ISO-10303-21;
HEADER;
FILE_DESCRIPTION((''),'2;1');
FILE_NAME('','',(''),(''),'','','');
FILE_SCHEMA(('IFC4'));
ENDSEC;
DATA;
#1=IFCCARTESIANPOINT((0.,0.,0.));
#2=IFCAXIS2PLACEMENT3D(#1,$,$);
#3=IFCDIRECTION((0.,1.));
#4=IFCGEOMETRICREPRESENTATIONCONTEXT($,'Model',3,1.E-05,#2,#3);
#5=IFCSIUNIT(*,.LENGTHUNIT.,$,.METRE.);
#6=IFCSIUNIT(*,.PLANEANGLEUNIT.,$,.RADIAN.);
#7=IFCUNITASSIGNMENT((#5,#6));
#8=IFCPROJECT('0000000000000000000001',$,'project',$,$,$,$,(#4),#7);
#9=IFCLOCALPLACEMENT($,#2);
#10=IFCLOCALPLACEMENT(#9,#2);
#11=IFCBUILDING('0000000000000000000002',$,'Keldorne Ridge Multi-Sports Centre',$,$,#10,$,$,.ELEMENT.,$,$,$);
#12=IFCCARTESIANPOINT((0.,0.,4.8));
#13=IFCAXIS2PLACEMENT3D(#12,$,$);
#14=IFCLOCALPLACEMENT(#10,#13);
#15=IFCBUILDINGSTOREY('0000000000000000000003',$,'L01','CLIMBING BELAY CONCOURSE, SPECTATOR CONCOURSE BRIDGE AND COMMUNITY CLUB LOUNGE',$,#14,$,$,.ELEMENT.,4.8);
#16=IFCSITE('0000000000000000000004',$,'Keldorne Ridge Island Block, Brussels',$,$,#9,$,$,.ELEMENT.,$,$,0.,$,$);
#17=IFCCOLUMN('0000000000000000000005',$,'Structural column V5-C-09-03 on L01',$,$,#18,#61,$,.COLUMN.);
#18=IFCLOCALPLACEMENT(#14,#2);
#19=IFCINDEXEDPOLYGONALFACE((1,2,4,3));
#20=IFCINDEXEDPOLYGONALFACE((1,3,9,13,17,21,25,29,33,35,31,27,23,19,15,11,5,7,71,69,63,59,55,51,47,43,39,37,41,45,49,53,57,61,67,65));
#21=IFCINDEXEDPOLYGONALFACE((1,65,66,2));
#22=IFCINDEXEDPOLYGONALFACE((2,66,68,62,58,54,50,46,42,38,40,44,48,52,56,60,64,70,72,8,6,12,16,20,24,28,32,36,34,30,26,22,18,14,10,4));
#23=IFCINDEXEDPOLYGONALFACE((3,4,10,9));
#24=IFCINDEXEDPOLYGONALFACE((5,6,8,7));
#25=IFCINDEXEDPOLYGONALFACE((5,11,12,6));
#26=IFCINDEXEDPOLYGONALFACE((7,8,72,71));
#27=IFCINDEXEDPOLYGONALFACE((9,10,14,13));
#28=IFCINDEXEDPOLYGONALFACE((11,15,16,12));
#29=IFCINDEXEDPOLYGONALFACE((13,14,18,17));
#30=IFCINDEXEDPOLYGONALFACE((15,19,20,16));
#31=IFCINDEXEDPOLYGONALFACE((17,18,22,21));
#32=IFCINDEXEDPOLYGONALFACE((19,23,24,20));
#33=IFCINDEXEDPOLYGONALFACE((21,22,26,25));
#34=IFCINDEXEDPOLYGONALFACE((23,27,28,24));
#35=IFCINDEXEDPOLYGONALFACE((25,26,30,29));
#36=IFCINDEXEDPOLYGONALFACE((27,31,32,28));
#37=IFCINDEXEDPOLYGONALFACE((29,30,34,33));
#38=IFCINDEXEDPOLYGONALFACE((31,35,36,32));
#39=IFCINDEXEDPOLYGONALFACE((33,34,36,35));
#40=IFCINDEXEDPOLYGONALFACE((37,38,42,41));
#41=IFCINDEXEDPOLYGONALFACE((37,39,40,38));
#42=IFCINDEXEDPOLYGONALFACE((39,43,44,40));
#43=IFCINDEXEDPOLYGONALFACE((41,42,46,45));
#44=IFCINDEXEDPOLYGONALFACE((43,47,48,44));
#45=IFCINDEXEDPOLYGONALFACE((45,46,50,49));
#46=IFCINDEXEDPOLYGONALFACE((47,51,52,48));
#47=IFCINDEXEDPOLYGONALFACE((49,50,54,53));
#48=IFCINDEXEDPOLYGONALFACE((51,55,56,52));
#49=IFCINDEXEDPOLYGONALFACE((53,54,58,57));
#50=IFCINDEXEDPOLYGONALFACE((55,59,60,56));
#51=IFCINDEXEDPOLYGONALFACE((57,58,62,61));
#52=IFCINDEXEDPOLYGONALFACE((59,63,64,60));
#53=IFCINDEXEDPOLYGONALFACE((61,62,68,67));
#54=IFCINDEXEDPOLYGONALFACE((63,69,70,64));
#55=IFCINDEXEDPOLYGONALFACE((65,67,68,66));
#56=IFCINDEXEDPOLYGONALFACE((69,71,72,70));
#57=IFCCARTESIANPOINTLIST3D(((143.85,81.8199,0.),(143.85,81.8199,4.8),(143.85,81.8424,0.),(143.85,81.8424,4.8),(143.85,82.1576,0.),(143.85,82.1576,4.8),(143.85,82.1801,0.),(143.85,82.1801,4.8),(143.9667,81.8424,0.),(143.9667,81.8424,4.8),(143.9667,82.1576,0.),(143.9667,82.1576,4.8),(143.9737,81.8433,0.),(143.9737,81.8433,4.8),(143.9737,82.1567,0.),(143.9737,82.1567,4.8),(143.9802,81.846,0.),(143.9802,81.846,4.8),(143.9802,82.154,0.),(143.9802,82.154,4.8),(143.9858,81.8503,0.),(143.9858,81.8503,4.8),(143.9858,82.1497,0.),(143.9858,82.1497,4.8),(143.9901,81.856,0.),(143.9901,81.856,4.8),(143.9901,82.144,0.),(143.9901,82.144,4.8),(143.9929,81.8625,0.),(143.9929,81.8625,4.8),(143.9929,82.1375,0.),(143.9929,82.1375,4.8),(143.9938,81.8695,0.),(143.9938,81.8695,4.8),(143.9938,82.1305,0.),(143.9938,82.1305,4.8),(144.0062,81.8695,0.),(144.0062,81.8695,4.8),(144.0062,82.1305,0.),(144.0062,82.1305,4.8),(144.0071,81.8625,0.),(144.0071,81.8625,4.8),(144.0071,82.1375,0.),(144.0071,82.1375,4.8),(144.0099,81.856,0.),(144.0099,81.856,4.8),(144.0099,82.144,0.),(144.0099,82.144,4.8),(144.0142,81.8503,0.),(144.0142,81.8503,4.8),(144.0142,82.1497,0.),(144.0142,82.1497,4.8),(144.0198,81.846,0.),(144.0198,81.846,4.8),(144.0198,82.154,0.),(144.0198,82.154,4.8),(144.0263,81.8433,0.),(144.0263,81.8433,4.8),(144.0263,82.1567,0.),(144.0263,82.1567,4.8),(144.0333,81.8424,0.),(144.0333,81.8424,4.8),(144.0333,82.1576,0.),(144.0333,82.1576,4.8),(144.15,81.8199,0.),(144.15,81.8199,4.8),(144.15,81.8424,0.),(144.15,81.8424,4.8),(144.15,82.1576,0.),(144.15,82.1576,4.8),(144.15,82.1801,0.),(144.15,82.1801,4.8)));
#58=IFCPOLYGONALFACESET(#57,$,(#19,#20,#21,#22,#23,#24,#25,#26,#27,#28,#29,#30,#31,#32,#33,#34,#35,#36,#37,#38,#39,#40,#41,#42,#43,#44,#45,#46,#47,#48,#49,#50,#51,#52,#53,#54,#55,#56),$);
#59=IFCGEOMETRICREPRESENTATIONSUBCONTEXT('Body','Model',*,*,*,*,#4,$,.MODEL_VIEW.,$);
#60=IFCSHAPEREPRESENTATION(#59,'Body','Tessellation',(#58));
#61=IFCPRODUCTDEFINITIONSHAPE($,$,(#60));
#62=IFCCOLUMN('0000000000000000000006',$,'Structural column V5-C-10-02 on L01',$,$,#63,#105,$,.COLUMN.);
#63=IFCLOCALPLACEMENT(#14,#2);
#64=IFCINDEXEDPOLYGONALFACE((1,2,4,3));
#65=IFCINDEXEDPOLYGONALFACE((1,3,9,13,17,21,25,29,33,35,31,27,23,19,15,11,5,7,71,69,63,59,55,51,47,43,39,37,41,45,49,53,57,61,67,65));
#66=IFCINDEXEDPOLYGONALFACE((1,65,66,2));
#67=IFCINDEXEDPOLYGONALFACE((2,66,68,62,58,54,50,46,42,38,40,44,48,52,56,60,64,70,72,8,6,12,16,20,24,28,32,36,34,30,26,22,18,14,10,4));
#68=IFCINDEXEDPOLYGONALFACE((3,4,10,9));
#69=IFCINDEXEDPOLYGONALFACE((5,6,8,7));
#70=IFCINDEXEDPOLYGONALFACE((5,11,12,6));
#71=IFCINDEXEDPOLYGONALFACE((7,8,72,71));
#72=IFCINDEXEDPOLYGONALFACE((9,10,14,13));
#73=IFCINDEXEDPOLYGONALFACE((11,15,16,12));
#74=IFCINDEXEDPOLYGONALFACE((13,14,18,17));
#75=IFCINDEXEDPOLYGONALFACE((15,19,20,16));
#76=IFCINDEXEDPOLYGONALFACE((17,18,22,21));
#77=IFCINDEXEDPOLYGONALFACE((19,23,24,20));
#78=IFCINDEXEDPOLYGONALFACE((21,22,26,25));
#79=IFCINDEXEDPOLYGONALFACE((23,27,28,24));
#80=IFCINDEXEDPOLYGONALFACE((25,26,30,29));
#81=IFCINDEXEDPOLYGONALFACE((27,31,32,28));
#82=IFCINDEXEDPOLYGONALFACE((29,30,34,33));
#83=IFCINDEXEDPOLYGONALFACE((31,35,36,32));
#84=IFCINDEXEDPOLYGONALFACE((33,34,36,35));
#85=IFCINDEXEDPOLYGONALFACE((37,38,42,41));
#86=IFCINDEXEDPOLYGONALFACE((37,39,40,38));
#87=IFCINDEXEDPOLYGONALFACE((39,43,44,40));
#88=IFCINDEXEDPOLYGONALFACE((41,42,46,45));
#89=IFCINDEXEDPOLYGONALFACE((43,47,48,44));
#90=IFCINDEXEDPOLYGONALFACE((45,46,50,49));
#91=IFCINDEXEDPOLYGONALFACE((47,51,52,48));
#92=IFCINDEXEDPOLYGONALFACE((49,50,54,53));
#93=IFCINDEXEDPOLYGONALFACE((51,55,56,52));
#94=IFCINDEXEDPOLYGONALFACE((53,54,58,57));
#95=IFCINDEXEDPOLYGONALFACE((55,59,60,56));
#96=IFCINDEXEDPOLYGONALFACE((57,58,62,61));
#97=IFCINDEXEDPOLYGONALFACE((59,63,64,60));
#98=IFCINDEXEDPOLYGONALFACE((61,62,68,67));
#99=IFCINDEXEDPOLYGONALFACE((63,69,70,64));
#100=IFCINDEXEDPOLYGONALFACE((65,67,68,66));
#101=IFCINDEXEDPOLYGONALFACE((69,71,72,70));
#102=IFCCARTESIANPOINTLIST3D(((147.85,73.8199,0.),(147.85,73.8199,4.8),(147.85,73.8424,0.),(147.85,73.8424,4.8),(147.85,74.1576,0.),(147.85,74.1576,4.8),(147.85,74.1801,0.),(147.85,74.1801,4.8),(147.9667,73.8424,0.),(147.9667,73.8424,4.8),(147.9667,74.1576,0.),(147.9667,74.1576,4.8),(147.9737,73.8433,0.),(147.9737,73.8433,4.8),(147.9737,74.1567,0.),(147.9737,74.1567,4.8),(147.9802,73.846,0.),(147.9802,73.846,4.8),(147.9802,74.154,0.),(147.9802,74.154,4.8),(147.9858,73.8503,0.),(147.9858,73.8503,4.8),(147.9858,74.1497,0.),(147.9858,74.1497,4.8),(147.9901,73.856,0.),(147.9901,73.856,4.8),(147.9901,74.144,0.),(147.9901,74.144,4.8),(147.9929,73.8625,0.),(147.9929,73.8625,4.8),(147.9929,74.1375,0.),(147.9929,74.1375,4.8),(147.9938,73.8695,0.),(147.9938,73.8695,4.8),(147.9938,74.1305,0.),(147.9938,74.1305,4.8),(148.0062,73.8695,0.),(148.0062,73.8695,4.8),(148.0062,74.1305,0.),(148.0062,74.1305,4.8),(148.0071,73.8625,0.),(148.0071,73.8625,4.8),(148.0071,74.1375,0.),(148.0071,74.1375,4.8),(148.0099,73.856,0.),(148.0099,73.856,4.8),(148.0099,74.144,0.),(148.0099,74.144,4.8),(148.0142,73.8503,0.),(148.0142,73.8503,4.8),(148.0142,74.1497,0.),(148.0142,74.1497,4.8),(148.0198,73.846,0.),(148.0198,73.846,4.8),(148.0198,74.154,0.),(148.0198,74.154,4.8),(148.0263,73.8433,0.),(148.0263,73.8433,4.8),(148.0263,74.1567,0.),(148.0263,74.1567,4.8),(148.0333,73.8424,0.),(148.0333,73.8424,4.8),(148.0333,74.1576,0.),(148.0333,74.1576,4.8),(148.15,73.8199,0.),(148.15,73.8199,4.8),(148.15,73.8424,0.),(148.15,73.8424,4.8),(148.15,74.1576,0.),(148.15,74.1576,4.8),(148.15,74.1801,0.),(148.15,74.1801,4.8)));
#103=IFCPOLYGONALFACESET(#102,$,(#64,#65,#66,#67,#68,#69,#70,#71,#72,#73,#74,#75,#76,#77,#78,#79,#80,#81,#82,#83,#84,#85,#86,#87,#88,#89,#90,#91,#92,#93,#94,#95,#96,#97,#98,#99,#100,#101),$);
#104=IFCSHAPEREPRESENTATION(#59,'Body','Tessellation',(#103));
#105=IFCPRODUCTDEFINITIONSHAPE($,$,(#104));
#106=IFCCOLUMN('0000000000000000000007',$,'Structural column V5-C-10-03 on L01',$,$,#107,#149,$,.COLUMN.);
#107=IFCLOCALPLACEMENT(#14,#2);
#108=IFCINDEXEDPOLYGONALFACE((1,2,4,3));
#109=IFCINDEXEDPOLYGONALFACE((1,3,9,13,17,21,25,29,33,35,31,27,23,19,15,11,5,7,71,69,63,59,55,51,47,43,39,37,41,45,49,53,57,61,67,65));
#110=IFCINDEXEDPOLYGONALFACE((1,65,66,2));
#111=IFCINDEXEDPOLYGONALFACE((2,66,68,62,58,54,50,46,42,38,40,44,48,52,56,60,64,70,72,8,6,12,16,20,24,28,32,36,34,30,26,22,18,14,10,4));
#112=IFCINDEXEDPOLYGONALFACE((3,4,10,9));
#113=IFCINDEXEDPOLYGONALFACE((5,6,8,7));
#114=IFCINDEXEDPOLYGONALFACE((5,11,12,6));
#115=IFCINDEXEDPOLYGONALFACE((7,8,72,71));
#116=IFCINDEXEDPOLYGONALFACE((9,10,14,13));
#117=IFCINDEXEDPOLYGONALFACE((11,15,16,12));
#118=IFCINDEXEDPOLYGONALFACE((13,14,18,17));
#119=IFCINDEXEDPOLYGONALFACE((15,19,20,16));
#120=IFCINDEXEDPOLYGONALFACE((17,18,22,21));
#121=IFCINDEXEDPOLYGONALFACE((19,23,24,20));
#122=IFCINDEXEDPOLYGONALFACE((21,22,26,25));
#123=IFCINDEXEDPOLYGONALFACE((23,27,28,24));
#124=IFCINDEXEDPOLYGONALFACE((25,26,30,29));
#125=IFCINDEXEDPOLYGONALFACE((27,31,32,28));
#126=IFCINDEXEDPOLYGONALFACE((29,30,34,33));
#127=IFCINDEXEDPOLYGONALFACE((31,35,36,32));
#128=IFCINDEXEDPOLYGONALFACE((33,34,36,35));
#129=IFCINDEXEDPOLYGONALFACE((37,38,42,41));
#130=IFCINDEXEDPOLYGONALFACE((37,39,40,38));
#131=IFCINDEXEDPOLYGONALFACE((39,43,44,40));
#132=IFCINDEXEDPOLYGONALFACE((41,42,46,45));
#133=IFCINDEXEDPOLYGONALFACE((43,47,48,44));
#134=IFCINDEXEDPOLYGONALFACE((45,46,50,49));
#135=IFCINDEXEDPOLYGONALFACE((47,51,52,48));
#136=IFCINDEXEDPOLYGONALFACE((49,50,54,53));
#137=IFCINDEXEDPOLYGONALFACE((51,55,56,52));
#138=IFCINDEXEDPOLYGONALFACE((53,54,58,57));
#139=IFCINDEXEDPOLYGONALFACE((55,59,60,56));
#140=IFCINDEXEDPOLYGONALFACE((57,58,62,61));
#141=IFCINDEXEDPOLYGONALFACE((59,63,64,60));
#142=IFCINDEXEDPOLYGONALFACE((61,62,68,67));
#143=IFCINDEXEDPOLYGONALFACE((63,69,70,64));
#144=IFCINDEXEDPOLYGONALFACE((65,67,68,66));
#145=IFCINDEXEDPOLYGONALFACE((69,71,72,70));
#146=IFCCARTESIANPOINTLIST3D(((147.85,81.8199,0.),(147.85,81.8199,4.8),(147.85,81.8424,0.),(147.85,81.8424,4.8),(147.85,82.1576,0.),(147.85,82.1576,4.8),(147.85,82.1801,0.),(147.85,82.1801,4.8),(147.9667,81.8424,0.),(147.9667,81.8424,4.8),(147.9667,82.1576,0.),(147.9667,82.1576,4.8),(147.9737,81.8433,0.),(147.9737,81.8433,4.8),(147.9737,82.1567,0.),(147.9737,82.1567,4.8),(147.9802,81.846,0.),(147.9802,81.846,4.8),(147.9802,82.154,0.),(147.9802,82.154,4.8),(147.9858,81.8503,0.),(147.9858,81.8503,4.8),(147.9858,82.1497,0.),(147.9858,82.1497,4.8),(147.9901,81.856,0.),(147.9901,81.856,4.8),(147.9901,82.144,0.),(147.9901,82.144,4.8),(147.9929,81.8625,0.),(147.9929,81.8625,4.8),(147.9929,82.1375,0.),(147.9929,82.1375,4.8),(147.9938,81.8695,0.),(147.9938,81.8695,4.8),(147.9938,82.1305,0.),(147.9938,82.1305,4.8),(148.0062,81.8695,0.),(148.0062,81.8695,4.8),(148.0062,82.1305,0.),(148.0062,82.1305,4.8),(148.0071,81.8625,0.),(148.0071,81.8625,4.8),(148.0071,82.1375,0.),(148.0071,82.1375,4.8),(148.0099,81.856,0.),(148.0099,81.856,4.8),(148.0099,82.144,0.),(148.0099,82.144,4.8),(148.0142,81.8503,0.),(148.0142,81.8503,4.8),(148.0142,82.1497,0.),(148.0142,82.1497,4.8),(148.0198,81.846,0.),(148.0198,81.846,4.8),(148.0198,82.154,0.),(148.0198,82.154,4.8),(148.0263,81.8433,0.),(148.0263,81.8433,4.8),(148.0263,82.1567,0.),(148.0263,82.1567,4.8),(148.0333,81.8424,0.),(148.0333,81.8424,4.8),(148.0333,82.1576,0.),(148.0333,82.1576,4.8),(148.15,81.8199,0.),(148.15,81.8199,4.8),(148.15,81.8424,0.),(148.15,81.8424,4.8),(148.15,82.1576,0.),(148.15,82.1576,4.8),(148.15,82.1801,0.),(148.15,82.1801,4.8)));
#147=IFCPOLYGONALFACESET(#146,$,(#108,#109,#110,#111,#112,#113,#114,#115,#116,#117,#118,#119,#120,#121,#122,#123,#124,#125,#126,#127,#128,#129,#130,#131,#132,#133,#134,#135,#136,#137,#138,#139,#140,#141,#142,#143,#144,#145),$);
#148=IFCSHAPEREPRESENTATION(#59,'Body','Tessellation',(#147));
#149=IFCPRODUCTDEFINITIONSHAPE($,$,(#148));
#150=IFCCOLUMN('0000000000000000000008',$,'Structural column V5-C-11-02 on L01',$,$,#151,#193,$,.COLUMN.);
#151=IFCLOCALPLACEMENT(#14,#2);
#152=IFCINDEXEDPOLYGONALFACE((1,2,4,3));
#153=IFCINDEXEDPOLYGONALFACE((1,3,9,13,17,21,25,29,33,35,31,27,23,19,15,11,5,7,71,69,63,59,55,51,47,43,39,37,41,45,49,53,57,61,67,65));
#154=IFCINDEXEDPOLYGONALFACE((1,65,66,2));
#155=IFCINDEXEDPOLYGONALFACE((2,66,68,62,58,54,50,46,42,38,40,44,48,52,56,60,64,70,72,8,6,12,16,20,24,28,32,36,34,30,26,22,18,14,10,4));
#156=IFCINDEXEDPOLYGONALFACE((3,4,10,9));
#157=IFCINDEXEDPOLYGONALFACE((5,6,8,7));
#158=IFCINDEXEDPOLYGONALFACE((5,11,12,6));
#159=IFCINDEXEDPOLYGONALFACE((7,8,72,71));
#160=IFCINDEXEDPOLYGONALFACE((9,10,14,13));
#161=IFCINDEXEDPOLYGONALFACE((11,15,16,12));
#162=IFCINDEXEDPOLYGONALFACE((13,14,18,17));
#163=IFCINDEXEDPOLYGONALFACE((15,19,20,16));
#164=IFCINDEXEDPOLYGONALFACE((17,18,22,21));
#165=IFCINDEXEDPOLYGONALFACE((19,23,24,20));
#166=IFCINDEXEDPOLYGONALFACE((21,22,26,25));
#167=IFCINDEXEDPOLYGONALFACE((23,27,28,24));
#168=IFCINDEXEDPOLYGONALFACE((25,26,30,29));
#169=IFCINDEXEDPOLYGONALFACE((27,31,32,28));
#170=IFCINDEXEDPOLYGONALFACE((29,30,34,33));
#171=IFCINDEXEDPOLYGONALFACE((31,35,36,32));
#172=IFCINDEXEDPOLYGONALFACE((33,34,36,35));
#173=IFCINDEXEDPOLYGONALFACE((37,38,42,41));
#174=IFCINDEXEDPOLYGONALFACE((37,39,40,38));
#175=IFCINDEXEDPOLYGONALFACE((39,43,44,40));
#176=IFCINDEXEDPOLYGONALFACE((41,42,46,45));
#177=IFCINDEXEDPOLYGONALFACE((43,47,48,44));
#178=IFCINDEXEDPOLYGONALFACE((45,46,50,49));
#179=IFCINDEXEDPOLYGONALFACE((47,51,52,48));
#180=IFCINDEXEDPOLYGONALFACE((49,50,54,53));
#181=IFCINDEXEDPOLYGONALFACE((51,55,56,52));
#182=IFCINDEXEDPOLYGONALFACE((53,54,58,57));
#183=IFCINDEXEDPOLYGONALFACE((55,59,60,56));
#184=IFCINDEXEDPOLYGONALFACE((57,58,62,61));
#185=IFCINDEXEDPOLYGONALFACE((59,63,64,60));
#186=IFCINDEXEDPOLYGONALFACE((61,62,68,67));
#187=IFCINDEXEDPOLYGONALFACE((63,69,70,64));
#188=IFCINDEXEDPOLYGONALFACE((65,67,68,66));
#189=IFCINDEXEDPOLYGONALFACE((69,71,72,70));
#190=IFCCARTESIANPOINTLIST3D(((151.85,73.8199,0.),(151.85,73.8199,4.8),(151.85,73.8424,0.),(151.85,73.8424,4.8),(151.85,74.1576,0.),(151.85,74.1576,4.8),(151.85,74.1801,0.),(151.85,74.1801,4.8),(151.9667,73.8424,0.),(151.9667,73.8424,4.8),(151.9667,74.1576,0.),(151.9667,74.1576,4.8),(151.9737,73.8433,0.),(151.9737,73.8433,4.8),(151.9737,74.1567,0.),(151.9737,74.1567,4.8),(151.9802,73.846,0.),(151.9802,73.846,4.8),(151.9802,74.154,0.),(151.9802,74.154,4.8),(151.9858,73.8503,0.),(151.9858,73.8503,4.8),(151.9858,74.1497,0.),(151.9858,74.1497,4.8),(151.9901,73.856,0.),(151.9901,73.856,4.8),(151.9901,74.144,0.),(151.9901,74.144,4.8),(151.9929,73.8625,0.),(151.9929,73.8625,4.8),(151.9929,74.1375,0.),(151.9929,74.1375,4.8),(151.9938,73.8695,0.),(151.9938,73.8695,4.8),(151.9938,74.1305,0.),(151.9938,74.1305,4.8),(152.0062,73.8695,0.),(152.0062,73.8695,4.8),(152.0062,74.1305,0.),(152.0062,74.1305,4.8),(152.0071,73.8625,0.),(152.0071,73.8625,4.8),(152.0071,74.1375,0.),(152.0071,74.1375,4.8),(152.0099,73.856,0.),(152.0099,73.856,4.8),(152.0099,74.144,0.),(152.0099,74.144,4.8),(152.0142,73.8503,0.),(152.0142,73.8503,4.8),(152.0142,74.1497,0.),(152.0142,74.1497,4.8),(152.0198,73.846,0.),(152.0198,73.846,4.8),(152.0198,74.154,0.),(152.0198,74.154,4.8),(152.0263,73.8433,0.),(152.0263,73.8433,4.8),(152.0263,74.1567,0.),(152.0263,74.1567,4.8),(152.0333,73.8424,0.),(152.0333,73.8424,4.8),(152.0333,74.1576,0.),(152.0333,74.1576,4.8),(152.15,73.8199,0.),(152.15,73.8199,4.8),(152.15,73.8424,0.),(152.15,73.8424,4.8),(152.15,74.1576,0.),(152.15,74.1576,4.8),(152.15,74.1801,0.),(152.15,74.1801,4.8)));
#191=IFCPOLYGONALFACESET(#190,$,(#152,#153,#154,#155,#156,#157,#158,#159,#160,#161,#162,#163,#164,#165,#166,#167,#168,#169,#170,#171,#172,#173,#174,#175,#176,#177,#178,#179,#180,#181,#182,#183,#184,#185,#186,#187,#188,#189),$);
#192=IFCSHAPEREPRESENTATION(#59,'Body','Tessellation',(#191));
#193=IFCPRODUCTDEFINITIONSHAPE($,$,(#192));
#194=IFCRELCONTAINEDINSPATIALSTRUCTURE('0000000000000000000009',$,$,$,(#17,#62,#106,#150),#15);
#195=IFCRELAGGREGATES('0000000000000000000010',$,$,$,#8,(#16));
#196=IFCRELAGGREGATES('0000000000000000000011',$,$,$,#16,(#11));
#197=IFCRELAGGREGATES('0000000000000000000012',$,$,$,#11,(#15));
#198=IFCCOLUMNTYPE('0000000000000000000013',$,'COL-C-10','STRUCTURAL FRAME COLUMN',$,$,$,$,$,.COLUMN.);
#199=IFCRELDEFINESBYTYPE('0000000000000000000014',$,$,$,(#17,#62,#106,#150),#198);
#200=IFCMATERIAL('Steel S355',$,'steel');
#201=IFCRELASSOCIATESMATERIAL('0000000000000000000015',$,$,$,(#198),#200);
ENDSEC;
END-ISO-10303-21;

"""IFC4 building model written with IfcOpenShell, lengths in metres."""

from ifc_helpers import new_model, si_unit, direction, frame, origin, origin_2d, place, context, subcontext, project, spatial, i_section, extrude, material, material_profile, profile_set, type_object, element, save


model = new_model("IFC4")

# Units and contexts
model_context = context("Model", 3, precision=1e-05, world=origin(), true_north=direction((0.0, 1.0)))
body_context = subcontext(model_context, "Body", "Model", "MODEL_VIEW")
ifc_project = project(units=[si_unit("LENGTHUNIT", "METRE"), si_unit("PLANEANGLEUNIT", "RADIAN")], contexts=[model_context])

# Site, building, storey
site_placement = place(None, origin())
site = spatial("IfcSite", under=ifc_project, at=site_placement, Name="Keldorne Ridge Island Block, Brussels", CompositionType="ELEMENT", RefElevation=0.0)
building_placement = place(site_placement, origin())
building = spatial("IfcBuilding", under=site, at=building_placement, Name="Keldorne Ridge Multi-Sports Centre", CompositionType="ELEMENT")
storey_placement = place(building_placement, frame((0.0, 0.0, 4.8)))
storey = spatial("IfcBuildingStorey", under=building, at=storey_placement, Name="L01", Description="CLIMBING BELAY CONCOURSE, SPECTATOR CONCOURSE BRIDGE AND COMMUNITY CLUB LOUNGE", CompositionType="ELEMENT", Elevation=4.8)

# Columns
ifc_material_1 = material(Name="Steel S355", Category="steel")
ifc_material_profile_1 = material_profile(ifc_material_1, i_section(OverallWidth=0.3, OverallDepth=0.3601, WebThickness=0.0125, FlangeThickness=0.0225, FilletRadius=0.0271, at=origin_2d()), Name="HEB 360")
ifc_profile_set_1 = profile_set([ifc_material_profile_1], Name="Steel S355")
column_type = type_object("IfcColumnType", Name="COL-C-10", Description="STRUCTURAL FRAME COLUMN", PredefinedType="COLUMN", material=ifc_profile_set_1)
for number, where, z_axis, x_axis, name in (
    (1, (144.0, 82.0, 0.0), (0.0, 0.0, 1.0), (1.0, 0.0, 0.0), "Structural column V5-C-09-03 on L01"),
    (2, (148.0, 74.0, 0.0), (0.0, 0.0, 1.0), (1.0, 0.0, 0.0), "Structural column V5-C-10-02 on L01"),
    (3, (148.0, 82.0, 0.0), (0.0, 0.0, 1.0), (1.0, 0.0, 0.0), "Structural column V5-C-10-03 on L01"),
    (4, (152.0, 74.0, 0.0), (0.0, 0.0, 1.0), (1.0, 0.0, 0.0), "Structural column V5-C-11-02 on L01"),
):
    element("IfcColumn", number, at=place(storey_placement, frame(where, z_axis=z_axis, x_axis=x_axis)), inside=storey, type_object=column_type, Name=name, PredefinedType="COLUMN", context=body_context, shape_type="SweptSolid", body=[
        extrude(i_section(OverallWidth=0.3, OverallDepth=0.3601, WebThickness=0.0125, FlangeThickness=0.0225, FilletRadius=0.0271, at=origin_2d()), origin(), (0.0, 0.0, 1.0), 4.8),
    ])

save(model, "model.ifc")
